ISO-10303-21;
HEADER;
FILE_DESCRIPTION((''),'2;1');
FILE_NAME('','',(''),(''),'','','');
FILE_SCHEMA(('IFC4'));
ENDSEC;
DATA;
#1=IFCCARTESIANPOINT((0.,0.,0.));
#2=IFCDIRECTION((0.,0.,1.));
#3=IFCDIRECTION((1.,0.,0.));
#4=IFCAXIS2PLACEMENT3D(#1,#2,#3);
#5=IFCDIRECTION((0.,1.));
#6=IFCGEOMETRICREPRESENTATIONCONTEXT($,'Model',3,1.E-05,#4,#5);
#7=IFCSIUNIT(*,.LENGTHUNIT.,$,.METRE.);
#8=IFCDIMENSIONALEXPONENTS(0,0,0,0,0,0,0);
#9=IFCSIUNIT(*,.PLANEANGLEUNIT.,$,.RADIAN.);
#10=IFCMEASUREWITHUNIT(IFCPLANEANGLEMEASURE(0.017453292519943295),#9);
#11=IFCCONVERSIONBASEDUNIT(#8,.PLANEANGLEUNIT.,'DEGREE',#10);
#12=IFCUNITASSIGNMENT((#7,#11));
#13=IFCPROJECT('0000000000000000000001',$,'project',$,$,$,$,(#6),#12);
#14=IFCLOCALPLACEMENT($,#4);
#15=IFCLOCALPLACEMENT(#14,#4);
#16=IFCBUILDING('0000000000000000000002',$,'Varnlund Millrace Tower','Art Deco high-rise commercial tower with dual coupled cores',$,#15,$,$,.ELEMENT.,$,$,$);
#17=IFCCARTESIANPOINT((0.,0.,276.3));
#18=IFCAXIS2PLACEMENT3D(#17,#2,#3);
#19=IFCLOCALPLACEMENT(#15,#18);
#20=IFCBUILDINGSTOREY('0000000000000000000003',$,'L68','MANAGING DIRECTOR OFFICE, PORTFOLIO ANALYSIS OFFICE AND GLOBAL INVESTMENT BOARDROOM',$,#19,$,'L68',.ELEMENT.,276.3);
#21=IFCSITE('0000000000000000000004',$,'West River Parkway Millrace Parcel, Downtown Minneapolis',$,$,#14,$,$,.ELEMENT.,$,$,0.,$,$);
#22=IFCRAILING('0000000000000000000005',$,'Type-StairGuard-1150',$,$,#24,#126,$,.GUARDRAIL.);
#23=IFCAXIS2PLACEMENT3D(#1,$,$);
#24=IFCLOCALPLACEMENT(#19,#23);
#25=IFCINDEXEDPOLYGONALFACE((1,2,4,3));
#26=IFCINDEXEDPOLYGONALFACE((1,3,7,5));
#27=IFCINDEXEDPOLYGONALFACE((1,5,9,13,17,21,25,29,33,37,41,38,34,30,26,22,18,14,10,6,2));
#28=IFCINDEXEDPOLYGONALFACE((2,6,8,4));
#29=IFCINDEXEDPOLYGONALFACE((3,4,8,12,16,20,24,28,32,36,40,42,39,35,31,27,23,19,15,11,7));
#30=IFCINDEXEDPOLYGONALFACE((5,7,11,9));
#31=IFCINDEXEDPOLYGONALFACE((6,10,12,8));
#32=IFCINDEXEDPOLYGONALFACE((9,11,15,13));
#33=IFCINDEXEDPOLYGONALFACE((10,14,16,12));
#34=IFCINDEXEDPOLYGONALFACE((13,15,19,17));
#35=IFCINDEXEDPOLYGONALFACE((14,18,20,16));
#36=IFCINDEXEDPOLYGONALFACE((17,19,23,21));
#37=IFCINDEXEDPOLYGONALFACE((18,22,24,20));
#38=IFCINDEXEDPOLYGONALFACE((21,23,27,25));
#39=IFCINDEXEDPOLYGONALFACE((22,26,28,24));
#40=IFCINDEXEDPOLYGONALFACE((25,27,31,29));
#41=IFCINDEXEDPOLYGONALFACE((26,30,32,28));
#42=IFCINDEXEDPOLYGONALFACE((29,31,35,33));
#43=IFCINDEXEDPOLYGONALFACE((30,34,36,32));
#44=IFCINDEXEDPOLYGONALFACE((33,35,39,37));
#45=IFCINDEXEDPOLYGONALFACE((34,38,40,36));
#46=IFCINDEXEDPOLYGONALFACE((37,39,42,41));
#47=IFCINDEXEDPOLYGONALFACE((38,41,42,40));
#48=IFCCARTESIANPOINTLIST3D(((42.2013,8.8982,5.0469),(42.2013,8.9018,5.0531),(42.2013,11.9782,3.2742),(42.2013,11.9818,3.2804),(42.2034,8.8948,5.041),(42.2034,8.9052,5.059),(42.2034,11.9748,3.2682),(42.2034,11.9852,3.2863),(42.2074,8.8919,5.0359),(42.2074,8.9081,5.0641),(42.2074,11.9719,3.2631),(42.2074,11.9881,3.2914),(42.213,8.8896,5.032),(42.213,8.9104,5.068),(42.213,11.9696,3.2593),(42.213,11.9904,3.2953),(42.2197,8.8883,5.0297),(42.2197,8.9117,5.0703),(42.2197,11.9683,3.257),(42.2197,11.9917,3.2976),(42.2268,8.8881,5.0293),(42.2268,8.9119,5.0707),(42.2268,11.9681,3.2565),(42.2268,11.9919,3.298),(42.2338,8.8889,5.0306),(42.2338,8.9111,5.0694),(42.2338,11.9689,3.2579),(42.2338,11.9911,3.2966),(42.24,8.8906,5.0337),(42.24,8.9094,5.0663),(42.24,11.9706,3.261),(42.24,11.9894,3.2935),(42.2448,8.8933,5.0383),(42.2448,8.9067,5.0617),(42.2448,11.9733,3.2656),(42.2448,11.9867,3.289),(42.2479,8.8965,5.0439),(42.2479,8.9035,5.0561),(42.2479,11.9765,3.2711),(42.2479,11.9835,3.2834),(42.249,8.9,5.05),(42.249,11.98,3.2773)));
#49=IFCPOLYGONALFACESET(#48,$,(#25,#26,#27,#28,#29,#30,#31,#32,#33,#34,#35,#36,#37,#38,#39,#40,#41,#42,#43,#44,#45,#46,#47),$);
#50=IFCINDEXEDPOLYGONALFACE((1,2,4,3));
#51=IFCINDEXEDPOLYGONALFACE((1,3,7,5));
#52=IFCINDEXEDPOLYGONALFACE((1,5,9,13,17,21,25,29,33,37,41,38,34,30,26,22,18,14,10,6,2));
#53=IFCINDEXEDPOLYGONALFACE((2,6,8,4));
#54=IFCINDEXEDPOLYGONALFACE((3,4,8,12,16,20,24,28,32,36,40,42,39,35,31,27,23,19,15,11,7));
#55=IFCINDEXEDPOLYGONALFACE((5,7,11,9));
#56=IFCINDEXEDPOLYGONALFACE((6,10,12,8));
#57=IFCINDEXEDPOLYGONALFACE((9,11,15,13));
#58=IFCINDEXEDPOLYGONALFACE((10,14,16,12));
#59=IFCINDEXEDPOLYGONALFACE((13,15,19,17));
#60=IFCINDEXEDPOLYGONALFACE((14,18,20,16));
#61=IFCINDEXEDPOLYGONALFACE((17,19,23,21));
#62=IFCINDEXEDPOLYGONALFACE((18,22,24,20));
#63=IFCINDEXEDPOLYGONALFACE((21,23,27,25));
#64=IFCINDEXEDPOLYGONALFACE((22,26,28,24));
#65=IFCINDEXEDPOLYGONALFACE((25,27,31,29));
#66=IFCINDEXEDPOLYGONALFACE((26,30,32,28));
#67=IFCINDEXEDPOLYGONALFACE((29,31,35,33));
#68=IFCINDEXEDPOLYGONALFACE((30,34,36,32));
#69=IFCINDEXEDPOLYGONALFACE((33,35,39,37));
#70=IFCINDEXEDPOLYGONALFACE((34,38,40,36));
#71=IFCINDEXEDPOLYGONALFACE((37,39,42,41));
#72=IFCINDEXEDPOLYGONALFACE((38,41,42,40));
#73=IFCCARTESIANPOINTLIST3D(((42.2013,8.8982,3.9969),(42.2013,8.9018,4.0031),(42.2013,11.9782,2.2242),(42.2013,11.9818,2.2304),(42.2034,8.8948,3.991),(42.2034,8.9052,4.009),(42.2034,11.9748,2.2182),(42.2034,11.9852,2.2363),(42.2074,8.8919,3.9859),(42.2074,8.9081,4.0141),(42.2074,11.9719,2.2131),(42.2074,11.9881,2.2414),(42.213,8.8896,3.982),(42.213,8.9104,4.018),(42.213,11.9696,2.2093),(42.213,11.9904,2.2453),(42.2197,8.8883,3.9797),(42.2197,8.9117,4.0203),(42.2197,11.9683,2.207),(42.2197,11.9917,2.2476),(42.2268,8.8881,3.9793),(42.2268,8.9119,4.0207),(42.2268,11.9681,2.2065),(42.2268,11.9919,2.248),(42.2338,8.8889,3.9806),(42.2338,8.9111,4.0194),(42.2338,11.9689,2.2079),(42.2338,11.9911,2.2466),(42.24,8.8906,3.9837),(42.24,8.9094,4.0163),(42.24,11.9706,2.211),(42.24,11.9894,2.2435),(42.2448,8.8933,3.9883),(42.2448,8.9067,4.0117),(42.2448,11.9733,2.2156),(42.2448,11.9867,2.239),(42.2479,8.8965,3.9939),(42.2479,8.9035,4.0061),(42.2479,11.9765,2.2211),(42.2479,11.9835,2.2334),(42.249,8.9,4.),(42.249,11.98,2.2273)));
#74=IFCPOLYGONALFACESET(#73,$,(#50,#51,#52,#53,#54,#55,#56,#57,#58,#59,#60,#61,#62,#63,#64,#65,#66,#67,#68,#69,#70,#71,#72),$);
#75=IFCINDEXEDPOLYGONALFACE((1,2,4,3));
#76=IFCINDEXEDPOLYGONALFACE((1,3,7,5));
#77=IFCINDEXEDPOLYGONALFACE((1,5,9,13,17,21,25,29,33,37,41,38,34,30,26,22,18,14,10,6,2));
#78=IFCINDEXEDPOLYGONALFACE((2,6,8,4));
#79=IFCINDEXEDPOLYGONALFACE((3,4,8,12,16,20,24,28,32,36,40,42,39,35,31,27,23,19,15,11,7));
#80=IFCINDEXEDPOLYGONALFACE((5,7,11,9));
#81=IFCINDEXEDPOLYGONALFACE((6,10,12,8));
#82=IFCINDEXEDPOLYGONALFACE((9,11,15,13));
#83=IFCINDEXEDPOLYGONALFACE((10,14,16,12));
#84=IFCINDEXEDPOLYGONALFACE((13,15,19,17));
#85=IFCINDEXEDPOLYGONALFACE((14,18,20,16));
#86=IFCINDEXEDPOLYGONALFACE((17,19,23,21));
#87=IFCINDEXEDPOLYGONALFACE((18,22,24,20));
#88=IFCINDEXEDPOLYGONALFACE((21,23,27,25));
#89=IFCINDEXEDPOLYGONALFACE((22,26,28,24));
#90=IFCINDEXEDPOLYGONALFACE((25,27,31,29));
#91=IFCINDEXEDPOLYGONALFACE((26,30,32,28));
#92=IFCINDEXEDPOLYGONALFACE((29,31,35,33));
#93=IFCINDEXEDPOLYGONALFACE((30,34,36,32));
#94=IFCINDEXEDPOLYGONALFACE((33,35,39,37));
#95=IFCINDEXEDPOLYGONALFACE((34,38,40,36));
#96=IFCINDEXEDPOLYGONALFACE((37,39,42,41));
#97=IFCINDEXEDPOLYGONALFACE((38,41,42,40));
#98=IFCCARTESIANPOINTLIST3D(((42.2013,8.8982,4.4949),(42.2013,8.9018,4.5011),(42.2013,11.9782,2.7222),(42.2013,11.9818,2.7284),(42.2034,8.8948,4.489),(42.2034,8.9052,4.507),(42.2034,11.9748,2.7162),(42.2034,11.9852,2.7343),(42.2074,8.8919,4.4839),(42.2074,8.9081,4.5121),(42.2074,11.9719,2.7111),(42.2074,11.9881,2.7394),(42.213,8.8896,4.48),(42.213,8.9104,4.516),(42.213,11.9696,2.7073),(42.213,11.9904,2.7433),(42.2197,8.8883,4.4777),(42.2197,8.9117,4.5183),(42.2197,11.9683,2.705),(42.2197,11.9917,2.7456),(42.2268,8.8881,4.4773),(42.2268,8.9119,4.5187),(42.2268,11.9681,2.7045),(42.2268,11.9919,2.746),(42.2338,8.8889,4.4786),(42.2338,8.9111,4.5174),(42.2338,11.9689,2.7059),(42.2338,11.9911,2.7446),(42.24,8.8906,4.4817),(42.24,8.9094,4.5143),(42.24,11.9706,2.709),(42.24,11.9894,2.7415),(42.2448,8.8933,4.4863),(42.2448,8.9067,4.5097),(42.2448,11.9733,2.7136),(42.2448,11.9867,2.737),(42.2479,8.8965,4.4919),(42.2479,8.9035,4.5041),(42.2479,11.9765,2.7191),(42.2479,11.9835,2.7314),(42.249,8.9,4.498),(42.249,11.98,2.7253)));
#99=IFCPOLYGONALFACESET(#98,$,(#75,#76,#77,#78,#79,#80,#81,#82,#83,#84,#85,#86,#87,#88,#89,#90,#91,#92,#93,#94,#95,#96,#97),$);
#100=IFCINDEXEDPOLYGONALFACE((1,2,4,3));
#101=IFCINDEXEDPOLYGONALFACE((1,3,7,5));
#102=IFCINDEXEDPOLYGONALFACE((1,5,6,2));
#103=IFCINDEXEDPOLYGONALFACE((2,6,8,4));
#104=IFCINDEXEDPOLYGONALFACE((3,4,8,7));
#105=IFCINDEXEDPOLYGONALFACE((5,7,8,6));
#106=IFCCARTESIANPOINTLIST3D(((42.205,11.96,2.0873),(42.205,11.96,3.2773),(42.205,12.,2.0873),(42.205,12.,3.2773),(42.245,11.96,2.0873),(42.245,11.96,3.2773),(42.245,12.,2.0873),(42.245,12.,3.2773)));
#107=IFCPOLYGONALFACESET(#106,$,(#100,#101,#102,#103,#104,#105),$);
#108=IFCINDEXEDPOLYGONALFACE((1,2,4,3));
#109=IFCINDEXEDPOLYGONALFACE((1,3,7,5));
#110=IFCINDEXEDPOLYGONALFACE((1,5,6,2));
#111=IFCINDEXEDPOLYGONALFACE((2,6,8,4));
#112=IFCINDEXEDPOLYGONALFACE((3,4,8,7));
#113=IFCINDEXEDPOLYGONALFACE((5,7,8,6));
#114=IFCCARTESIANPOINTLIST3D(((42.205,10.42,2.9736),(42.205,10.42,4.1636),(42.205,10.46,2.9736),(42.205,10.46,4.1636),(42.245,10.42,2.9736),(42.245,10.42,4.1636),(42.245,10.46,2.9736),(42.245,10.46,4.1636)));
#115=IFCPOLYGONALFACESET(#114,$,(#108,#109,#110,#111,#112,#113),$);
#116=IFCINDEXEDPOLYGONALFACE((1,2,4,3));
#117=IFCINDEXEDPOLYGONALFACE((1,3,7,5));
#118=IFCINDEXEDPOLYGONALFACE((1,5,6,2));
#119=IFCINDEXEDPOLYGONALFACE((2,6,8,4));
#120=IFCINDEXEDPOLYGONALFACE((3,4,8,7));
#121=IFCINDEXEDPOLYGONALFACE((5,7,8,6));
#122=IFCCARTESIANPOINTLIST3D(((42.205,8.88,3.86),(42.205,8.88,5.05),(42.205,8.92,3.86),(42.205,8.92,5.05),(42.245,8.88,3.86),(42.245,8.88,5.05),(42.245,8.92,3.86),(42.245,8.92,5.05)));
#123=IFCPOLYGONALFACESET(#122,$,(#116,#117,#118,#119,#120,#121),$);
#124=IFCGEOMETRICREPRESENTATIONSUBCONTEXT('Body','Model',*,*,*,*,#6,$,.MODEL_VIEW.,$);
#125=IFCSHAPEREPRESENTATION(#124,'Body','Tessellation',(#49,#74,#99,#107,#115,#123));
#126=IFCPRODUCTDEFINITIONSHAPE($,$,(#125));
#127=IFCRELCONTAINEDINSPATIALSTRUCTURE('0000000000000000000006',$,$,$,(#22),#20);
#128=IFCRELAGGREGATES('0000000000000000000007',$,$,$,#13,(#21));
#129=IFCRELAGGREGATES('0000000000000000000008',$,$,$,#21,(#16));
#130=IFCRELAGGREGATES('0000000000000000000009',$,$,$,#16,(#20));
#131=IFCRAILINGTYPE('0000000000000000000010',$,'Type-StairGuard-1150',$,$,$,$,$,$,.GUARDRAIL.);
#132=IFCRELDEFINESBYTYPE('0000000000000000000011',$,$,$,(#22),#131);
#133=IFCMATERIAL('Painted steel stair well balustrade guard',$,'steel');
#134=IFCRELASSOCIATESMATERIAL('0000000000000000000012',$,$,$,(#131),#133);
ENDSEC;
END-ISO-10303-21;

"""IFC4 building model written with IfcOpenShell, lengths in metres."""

from ifc_helpers import new_model, entity, si_unit, converted_unit, direction, frame, origin_with_axes, origin_2d_with_axis, place, context, subcontext, project, spatial, rectangle, circle, extrude, material, type_object, element, save


model = new_model("IFC4")

# Units and contexts
model_context = context("Model", 3, precision=1e-05, world=origin_with_axes(), true_north=direction((0.0, 1.0)))
body_context = subcontext(model_context, "Body", "Model", "MODEL_VIEW")
ifc_project = project(units=[si_unit("LENGTHUNIT", "METRE"), converted_unit("PLANEANGLEUNIT", "DEGREE", entity("IfcPlaneAngleMeasure", 0.017453292519943295), si_unit("PLANEANGLEUNIT", "RADIAN"), dimensions=[0, 0, 0, 0, 0, 0, 0])], contexts=[model_context])

# Site, building, storey
site_placement = place(None, origin_with_axes())
site = spatial("IfcSite", under=ifc_project, at=site_placement, Name="West River Parkway Millrace Parcel, Downtown Minneapolis", CompositionType="ELEMENT", RefElevation=0.0)
building_placement = place(site_placement, origin_with_axes())
building = spatial("IfcBuilding", under=site, at=building_placement, Name="Varnlund Millrace Tower", Description="Art Deco high-rise commercial tower with dual coupled cores", CompositionType="ELEMENT")
storey_placement = place(building_placement, frame((0.0, 0.0, 276.3), z_axis=(0.0, 0.0, 1.0), x_axis=(1.0, 0.0, 0.0)))
storey = spatial("IfcBuildingStorey", under=building, at=storey_placement, Name="L68", Description="MANAGING DIRECTOR OFFICE, PORTFOLIO ANALYSIS OFFICE AND GLOBAL INVESTMENT BOARDROOM", LongName="L68", CompositionType="ELEMENT", Elevation=276.3)

# Railing
ifc_material_1 = material(Name="Painted steel stair well balustrade guard", Category="steel")
railing_type_1 = type_object("IfcRailingType", Name="Type-StairGuard-1150", PredefinedType="GUARDRAIL", material=ifc_material_1)
railing_1_placement = place(storey_placement, frame((0.0, 0.0, -276.3), z_axis=(0.0, 0.0, 1.0), x_axis=(1.0, 0.0, 0.0)))
element("IfcRailing", 1, at=railing_1_placement, inside=storey, type_object=railing_type_1, Name="Type-StairGuard-1150", PredefinedType="GUARDRAIL", context=body_context, shape_type="SweptSolid", body=[
    extrude(circle(Radius=0.024, at=origin_2d_with_axis()), frame((42.225, 11.98, 279.5773), z_axis=(0.0, -0.866696, 0.498836), x_axis=(1.0, 0.0, 0.0)), (0.0, 0.0, 1.0), 3.5537),
    extrude(circle(Radius=0.024, at=origin_2d_with_axis()), frame((42.225, 11.98, 278.5273), z_axis=(0.0, -0.866696, 0.498836), x_axis=(1.0, 0.0, 0.0)), (0.0, 0.0, 1.0), 3.5537),
    extrude(circle(Radius=0.024, at=origin_2d_with_axis()), frame((42.225, 11.98, 279.0253), z_axis=(0.0, -0.866696, 0.498836), x_axis=(1.0, 0.0, 0.0)), (0.0, 0.0, 1.0), 3.5537),
    extrude(rectangle(XDim=0.04, YDim=0.04, at=origin_2d_with_axis()), frame((42.225, 11.98, 278.3873), z_axis=(0.0, 0.0, 1.0), x_axis=(1.0, 0.0, 0.0)), (0.0, 0.0, 1.0), 1.19),
    extrude(rectangle(XDim=0.04, YDim=0.04, at=origin_2d_with_axis()), frame((42.225, 10.44, 279.2736), z_axis=(0.0, 0.0, 1.0), x_axis=(1.0, 0.0, 0.0)), (0.0, 0.0, 1.0), 1.19),
    extrude(rectangle(XDim=0.04, YDim=0.04, at=origin_2d_with_axis()), frame((42.225, 8.9, 280.16), z_axis=(0.0, 0.0, 1.0), x_axis=(1.0, 0.0, 0.0)), (0.0, 0.0, 1.0), 1.19),
])

save(model, "model.ifc")
